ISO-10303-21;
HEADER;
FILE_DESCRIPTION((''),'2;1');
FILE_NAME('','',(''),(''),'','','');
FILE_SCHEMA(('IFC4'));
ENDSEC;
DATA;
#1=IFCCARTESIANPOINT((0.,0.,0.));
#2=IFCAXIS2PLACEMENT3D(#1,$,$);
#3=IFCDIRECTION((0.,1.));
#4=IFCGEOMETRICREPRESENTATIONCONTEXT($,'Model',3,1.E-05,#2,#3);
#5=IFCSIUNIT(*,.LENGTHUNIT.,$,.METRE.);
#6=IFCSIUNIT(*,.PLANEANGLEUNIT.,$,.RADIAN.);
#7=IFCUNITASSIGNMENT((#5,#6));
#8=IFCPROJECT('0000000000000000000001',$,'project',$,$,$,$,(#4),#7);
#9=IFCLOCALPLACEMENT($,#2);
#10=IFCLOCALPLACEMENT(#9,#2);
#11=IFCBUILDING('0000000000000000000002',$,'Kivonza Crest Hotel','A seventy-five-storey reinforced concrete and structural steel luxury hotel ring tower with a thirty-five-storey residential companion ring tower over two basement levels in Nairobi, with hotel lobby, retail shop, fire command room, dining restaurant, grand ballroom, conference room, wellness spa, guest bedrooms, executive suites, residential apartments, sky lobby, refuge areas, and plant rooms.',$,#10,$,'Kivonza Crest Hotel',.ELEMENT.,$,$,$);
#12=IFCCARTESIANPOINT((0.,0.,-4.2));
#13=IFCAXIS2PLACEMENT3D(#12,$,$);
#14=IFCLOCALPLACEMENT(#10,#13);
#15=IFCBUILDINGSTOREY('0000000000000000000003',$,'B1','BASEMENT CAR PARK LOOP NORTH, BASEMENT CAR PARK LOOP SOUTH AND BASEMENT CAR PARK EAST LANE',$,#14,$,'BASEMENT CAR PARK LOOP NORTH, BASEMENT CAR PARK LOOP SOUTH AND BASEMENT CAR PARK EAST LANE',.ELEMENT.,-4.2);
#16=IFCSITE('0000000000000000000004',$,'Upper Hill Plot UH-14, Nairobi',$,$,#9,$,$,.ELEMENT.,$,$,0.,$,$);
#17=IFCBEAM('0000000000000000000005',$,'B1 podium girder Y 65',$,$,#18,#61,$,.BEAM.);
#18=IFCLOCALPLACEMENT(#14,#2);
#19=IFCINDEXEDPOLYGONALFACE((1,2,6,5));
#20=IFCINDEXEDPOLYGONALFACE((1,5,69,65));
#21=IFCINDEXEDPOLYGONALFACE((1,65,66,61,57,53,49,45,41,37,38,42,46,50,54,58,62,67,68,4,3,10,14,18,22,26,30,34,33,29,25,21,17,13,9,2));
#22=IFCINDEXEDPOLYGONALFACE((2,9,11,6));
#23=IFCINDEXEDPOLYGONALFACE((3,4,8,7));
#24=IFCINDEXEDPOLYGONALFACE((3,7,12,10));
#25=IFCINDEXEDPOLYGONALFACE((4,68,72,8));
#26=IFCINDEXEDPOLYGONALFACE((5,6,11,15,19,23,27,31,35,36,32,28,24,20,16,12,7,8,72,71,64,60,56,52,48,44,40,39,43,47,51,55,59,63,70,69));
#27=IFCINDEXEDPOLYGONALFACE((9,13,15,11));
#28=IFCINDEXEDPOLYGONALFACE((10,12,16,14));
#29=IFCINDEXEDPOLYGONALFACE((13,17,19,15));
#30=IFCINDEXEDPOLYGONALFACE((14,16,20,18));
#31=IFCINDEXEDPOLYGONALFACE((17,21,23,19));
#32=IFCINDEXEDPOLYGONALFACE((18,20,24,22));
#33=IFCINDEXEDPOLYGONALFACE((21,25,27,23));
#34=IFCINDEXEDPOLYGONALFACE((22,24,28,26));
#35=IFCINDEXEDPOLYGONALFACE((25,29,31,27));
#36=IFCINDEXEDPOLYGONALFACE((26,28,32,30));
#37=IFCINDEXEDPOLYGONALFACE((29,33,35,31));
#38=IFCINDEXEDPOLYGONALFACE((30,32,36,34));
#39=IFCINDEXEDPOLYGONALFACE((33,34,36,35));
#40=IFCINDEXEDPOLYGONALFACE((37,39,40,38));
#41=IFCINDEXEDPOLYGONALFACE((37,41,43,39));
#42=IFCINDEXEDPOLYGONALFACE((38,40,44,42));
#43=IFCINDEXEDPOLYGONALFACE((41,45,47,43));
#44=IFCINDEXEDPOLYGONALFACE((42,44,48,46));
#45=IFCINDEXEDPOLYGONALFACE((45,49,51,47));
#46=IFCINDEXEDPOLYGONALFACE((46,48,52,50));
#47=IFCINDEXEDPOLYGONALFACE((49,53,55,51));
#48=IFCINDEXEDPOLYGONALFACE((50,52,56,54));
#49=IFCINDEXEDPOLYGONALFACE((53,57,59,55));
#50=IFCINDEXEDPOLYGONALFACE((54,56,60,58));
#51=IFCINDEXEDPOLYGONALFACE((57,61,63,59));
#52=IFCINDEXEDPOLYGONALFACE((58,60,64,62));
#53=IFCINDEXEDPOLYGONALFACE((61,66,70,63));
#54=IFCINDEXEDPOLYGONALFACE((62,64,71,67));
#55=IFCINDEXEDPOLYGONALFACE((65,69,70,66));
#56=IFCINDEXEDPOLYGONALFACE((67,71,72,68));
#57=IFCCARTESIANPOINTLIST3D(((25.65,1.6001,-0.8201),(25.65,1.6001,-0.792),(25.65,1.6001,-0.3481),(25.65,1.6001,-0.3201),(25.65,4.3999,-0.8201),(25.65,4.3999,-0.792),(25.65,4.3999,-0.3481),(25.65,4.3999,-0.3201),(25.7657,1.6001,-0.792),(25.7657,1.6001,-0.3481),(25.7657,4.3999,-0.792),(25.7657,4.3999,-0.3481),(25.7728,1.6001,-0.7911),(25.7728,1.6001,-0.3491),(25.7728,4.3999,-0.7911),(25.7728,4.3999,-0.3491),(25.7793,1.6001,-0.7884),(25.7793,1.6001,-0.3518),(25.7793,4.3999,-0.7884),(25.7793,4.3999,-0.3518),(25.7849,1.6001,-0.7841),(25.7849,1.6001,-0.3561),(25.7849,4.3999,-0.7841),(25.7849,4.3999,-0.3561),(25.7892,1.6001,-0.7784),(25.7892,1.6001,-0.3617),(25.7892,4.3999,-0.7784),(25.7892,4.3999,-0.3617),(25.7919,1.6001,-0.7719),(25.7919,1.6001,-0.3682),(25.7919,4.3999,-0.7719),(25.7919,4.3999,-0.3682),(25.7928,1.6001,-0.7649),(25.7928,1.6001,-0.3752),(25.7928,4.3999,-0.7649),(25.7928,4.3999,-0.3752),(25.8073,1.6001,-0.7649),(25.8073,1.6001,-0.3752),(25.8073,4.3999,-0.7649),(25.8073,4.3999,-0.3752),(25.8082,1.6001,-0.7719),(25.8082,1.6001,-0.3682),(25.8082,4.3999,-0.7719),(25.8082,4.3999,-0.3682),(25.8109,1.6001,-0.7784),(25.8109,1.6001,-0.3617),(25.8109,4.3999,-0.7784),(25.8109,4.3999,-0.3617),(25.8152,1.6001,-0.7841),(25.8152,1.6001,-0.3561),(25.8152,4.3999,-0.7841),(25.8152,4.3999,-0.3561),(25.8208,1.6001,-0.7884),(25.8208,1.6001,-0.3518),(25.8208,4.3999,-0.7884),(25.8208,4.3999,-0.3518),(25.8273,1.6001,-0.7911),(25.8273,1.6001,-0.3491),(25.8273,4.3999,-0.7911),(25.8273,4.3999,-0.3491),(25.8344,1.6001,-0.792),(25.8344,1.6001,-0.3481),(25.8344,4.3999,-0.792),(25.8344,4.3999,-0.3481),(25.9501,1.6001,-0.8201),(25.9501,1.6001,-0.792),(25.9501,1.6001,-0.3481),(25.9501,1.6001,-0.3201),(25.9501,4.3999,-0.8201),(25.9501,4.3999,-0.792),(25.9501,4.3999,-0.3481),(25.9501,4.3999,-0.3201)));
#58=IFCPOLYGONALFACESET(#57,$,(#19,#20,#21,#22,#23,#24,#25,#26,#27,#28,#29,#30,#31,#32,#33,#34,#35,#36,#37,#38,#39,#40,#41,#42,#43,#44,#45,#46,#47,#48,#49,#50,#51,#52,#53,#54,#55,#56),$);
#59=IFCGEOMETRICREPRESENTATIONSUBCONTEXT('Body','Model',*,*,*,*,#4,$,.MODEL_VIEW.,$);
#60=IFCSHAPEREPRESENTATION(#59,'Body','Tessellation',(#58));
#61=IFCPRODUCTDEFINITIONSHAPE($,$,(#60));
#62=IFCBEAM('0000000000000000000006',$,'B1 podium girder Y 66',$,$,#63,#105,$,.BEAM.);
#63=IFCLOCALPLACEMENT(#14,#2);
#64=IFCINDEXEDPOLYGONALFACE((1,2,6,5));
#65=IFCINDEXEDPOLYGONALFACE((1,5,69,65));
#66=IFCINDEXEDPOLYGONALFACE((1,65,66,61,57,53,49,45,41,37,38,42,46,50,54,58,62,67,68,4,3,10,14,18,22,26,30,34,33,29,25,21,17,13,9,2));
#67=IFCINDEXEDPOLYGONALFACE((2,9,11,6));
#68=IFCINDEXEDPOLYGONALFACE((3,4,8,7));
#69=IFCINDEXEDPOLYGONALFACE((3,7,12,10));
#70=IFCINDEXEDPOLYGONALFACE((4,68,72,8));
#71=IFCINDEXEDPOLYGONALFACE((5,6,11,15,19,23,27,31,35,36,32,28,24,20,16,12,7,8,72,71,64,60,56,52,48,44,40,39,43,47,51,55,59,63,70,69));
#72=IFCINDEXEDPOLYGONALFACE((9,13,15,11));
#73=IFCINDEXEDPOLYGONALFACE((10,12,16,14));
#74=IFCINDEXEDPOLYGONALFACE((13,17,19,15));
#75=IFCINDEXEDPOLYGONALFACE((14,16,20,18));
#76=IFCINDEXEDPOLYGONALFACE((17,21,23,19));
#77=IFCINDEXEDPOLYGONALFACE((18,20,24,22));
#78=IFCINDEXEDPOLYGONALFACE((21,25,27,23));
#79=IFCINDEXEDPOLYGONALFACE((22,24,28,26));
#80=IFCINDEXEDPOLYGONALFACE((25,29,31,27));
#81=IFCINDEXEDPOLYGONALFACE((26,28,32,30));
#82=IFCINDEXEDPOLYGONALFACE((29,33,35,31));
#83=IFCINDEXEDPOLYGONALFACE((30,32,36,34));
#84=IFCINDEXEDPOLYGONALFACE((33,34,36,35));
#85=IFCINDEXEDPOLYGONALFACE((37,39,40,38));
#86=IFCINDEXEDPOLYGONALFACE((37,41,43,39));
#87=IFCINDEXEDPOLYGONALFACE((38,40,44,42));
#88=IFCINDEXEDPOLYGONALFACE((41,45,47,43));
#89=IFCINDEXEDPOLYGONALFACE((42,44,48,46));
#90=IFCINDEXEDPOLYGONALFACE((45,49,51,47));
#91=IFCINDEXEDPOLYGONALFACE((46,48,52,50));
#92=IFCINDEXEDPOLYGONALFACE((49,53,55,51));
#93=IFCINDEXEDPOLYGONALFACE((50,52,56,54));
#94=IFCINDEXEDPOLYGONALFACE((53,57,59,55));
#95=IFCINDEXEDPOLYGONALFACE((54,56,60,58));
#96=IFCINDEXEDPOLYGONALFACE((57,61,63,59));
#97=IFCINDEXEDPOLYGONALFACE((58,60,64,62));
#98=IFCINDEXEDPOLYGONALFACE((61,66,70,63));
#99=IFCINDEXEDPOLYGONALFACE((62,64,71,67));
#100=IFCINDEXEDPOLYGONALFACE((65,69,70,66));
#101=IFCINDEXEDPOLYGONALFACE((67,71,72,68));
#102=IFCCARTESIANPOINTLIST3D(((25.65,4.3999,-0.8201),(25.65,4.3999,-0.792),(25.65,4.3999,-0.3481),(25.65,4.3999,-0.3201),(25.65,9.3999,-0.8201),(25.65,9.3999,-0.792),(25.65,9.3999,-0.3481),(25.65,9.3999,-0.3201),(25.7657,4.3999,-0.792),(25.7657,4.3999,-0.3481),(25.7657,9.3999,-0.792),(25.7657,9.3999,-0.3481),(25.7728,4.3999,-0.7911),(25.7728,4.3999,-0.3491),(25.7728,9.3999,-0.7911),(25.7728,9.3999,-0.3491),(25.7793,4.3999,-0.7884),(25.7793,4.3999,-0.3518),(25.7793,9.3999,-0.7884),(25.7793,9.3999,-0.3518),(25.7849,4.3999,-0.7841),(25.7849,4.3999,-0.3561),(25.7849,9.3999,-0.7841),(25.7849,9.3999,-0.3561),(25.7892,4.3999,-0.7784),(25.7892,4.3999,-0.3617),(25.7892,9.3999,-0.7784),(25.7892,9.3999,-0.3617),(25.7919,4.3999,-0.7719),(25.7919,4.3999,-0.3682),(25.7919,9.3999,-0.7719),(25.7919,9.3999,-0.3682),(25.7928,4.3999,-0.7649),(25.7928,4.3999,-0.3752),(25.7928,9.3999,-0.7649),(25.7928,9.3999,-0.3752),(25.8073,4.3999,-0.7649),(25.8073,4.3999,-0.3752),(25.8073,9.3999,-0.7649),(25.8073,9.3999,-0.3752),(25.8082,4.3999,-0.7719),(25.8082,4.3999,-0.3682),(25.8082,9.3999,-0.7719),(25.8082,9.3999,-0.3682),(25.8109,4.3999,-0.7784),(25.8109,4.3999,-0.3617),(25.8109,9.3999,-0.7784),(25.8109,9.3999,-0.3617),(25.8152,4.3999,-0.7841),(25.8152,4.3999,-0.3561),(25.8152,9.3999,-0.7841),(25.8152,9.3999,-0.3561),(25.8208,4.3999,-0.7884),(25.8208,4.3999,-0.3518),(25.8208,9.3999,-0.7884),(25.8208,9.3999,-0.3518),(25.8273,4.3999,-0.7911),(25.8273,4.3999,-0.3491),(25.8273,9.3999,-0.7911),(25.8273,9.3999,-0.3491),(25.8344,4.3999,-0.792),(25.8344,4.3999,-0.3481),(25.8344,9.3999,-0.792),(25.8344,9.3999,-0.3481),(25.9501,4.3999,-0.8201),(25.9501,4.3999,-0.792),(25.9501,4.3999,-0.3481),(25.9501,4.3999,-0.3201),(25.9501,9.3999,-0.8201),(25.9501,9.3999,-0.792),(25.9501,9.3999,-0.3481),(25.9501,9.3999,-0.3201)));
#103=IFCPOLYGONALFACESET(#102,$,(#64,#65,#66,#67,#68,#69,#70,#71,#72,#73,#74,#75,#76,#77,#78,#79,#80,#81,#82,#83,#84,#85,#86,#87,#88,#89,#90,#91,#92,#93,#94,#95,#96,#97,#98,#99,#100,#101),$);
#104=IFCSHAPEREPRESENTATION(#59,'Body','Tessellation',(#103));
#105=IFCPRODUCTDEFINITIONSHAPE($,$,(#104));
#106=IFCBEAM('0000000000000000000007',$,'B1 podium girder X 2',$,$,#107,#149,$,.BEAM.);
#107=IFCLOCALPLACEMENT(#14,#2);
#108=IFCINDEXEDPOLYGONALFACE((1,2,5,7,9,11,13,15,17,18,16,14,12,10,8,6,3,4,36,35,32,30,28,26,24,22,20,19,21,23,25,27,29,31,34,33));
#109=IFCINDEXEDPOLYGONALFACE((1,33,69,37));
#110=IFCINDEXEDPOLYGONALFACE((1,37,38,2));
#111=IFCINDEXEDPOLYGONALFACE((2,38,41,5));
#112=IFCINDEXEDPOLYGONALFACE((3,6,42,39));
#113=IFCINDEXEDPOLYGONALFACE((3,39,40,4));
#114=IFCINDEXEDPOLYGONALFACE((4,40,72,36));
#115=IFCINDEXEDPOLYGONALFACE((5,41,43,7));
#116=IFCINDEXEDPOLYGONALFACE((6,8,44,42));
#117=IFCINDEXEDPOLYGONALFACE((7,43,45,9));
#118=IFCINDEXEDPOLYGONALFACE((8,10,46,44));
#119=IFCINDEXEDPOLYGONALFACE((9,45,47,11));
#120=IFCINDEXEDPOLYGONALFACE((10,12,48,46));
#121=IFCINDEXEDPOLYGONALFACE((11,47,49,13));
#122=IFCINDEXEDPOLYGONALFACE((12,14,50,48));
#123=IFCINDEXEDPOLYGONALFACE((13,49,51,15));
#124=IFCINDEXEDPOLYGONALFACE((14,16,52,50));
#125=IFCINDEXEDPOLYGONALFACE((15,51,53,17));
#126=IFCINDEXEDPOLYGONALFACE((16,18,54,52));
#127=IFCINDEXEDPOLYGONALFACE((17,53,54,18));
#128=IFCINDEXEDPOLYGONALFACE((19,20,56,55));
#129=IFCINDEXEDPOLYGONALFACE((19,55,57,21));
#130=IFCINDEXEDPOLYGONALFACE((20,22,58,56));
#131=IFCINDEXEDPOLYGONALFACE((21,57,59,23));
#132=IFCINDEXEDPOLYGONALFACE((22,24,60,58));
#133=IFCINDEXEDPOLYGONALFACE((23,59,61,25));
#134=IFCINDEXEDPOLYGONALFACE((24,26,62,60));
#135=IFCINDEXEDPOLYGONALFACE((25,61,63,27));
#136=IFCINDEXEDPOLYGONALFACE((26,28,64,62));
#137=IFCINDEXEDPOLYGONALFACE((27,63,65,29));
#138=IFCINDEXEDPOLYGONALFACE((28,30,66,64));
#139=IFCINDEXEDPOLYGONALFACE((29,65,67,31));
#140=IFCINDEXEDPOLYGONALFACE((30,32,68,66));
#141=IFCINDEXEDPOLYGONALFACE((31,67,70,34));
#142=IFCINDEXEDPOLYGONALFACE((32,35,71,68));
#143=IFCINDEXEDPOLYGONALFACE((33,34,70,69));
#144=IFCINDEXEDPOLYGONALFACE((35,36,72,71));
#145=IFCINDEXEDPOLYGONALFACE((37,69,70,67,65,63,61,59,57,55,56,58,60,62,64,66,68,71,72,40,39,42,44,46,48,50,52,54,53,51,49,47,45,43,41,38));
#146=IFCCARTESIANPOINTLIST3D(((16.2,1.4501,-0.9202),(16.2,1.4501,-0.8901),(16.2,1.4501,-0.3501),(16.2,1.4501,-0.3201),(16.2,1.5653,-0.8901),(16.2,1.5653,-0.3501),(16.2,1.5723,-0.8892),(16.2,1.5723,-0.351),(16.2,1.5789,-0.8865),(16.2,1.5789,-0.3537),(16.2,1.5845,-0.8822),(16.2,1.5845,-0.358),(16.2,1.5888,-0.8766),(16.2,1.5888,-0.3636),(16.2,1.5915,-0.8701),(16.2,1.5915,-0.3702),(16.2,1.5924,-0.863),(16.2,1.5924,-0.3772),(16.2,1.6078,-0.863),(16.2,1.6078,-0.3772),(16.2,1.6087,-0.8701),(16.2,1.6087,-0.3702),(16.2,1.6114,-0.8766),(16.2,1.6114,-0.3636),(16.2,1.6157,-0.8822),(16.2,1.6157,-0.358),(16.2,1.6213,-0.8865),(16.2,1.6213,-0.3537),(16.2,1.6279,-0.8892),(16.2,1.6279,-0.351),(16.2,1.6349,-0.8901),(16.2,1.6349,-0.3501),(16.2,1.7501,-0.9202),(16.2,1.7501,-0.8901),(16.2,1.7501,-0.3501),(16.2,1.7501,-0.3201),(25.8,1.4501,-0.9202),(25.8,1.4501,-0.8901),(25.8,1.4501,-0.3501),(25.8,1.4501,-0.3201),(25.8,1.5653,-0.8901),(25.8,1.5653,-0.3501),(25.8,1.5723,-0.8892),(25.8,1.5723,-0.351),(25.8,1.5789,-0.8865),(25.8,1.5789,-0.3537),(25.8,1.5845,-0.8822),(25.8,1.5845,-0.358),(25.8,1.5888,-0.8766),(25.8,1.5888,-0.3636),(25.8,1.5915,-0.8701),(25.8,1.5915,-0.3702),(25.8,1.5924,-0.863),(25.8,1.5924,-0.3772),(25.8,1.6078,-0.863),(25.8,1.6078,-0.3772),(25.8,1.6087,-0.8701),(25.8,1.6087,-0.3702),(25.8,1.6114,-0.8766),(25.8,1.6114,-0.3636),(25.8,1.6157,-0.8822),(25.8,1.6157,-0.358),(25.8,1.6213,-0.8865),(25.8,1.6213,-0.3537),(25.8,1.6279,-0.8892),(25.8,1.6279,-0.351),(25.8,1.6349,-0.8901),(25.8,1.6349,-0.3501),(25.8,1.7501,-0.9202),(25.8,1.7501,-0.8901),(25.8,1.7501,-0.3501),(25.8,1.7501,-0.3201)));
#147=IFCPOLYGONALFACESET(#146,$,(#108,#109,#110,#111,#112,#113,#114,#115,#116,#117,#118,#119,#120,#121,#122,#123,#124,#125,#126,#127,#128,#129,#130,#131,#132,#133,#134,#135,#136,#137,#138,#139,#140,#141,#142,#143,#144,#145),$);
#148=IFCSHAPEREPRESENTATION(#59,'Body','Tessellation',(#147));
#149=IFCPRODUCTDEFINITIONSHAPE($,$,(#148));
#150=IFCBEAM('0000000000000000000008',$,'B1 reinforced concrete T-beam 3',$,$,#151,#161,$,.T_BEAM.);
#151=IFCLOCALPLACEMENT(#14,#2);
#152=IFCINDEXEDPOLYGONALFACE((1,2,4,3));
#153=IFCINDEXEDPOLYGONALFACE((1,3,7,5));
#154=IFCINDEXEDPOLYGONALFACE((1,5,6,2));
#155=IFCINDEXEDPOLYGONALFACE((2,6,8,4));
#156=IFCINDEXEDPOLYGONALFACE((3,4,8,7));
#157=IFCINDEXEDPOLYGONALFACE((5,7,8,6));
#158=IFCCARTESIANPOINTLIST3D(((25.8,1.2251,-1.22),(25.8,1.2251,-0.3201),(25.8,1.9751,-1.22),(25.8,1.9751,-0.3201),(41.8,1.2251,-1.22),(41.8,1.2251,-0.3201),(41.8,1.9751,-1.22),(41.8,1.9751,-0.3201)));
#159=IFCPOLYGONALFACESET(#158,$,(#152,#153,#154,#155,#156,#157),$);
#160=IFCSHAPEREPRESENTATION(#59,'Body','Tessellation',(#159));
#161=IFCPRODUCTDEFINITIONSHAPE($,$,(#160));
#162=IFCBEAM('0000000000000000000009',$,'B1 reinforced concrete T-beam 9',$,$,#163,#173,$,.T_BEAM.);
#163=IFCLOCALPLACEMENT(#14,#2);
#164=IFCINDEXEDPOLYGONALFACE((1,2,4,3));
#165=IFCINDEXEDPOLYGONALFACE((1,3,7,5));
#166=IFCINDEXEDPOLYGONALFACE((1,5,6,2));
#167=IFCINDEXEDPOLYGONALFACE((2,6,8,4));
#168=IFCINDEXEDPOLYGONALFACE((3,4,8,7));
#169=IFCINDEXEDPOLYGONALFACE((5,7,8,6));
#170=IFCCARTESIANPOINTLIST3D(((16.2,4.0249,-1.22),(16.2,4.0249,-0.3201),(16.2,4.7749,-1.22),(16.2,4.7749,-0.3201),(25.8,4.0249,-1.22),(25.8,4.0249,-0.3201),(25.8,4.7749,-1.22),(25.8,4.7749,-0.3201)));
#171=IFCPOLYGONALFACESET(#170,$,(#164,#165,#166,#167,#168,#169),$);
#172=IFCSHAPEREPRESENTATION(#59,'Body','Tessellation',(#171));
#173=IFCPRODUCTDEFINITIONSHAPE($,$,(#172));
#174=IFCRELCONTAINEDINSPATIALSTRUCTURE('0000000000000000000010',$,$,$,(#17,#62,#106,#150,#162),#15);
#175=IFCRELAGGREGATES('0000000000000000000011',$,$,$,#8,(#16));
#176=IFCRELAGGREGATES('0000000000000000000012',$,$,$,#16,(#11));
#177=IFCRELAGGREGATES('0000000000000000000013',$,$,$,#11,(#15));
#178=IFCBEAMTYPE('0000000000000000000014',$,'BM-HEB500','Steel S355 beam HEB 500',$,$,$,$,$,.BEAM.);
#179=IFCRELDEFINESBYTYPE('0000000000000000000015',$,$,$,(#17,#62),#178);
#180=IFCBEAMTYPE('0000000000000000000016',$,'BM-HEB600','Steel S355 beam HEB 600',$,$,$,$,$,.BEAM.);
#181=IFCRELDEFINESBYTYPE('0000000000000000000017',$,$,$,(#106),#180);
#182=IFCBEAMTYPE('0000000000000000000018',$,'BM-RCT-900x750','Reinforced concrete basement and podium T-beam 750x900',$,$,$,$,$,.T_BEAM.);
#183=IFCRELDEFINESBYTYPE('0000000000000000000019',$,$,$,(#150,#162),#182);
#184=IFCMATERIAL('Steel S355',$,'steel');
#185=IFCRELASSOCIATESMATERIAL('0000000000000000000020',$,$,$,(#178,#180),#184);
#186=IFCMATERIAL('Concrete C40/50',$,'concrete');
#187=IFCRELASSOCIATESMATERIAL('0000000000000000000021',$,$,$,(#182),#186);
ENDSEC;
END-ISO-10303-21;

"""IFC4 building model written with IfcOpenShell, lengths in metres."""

from ifc_helpers import new_model, si_unit, direction, frame, origin, origin_2d, place, context, subcontext, project, spatial, rectangle, i_section, extrude, material, material_profile, profile_set, type_object, element, save


model = new_model("IFC4")

# Units and contexts
model_context = context("Model", 3, precision=1e-05, world=origin(), true_north=direction((0.0, 1.0)))
body_context = subcontext(model_context, "Body", "Model", "MODEL_VIEW")
ifc_project = project(units=[si_unit("LENGTHUNIT", "METRE"), si_unit("PLANEANGLEUNIT", "RADIAN")], contexts=[model_context])

# Site, building, storey
site_placement = place(None, origin())
site = spatial("IfcSite", under=ifc_project, at=site_placement, Name="Upper Hill Plot UH-14, Nairobi", CompositionType="ELEMENT", RefElevation=0.0)
building_placement = place(site_placement, origin())
building = spatial("IfcBuilding", under=site, at=building_placement, Name="Kivonza Crest Hotel", Description="A seventy-five-storey reinforced concrete and structural steel luxury hotel ring tower with a thirty-five-storey residential companion ring tower over two basement levels in Nairobi, with hotel lobby, retail shop, fire command room, dining restaurant, grand ballroom, conference room, wellness spa, guest bedrooms, executive suites, residential apartments, sky lobby, refuge areas, and plant rooms.", LongName="Kivonza Crest Hotel", CompositionType="ELEMENT")
storey_placement = place(building_placement, frame((0.0, 0.0, -4.2)))
storey = spatial("IfcBuildingStorey", under=building, at=storey_placement, Name="B1", Description="BASEMENT CAR PARK LOOP NORTH, BASEMENT CAR PARK LOOP SOUTH AND BASEMENT CAR PARK EAST LANE", LongName="BASEMENT CAR PARK LOOP NORTH, BASEMENT CAR PARK LOOP SOUTH AND BASEMENT CAR PARK EAST LANE", CompositionType="ELEMENT", Elevation=-4.2)

# Beams
ifc_material_1 = material(Name="Steel S355", Category="steel")
ifc_material_profile_1 = material_profile(ifc_material_1, i_section(OverallWidth=0.3, OverallDepth=0.5, WebThickness=0.0144, FlangeThickness=0.0281, FilletRadius=0.0271, at=origin_2d()), Name="HEB 500")
ifc_profile_set_1 = profile_set([ifc_material_profile_1], Name="Steel S355")
beam_type_1 = type_object("IfcBeamType", Name="BM-HEB500", Description="Steel S355 beam HEB 500", PredefinedType="BEAM", material=ifc_profile_set_1)
beam_1_placement = place(storey_placement, frame((25.8, 1.6001, -0.5701), z_axis=(0.0, 1.0, 0.0), x_axis=(-1.0, 0.0, 0.0)))
element("IfcBeam", 1, at=beam_1_placement, inside=storey, type_object=beam_type_1, Name="B1 podium girder Y 65", PredefinedType="BEAM", context=body_context, shape_type="SweptSolid", body=[
    extrude(i_section(OverallWidth=0.3, OverallDepth=0.5, WebThickness=0.0144, FlangeThickness=0.0281, FilletRadius=0.0271, at=origin_2d()), origin(), (0.0, 0.0, 1.0), 2.7998),
])
beam_2_placement = place(storey_placement, frame((25.8, 4.3999, -0.5701), z_axis=(0.0, 1.0, 0.0), x_axis=(-1.0, 0.0, 0.0)))
element("IfcBeam", 2, at=beam_2_placement, inside=storey, type_object=beam_type_1, Name="B1 podium girder Y 66", PredefinedType="BEAM", context=body_context, shape_type="SweptSolid", body=[
    extrude(i_section(OverallWidth=0.3, OverallDepth=0.5, WebThickness=0.0144, FlangeThickness=0.0281, FilletRadius=0.0271, at=origin_2d()), origin(), (0.0, 0.0, 1.0), 5.0),
])
ifc_material_profile_2 = material_profile(ifc_material_1, i_section(OverallWidth=0.3, OverallDepth=0.6001, WebThickness=0.0154, FlangeThickness=0.03, FilletRadius=0.0271, at=origin_2d()), Name="HEB 600")
ifc_profile_set_2 = profile_set([ifc_material_profile_2], Name="Steel S355")
beam_type_2 = type_object("IfcBeamType", Name="BM-HEB600", Description="Steel S355 beam HEB 600", PredefinedType="BEAM", material=ifc_profile_set_2)
beam_3_placement = place(storey_placement, frame((16.2, 1.6001, -0.6201), z_axis=(1.0, 0.0, 0.0), x_axis=(0.0, 1.0, 0.0)))
element("IfcBeam", 3, at=beam_3_placement, inside=storey, type_object=beam_type_2, Name="B1 podium girder X 2", PredefinedType="BEAM", context=body_context, shape_type="SweptSolid", body=[
    extrude(i_section(OverallWidth=0.3, OverallDepth=0.6001, WebThickness=0.0154, FlangeThickness=0.03, FilletRadius=0.0271, at=origin_2d()), origin(), (0.0, 0.0, 1.0), 9.6001),
])
ifc_material_2 = material(Name="Concrete C40/50", Category="concrete")
ifc_material_profile_3 = material_profile(ifc_material_2, rectangle(XDim=0.75, YDim=0.8999, at=origin_2d()), Name="RC 900x750")
ifc_profile_set_3 = profile_set([ifc_material_profile_3], Name="Concrete C40/50")
beam_type_3 = type_object("IfcBeamType", Name="BM-RCT-900x750", Description="Reinforced concrete basement and podium T-beam 750x900", PredefinedType="T_BEAM", material=ifc_profile_set_3)
beam_4_placement = place(storey_placement, frame((25.8, 1.6001, -0.77), z_axis=(1.0, 0.0, 0.0), x_axis=(0.0, 1.0, 0.0)))
element("IfcBeam", 4, at=beam_4_placement, inside=storey, type_object=beam_type_3, Name="B1 reinforced concrete T-beam 3", PredefinedType="T_BEAM", context=body_context, shape_type="SweptSolid", body=[
    extrude(rectangle(XDim=0.75, YDim=0.8999, at=origin_2d()), origin(), (0.0, 0.0, 1.0), 16.0),
])
beam_5_placement = place(storey_placement, frame((16.2, 4.3999, -0.77), z_axis=(1.0, 0.0, 0.0), x_axis=(0.0, 1.0, 0.0)))
element("IfcBeam", 5, at=beam_5_placement, inside=storey, type_object=beam_type_3, Name="B1 reinforced concrete T-beam 9", PredefinedType="T_BEAM", context=body_context, shape_type="SweptSolid", body=[
    extrude(rectangle(XDim=0.75, YDim=0.8999, at=origin_2d()), origin(), (0.0, 0.0, 1.0), 9.6001),
])

save(model, "model.ifc")
